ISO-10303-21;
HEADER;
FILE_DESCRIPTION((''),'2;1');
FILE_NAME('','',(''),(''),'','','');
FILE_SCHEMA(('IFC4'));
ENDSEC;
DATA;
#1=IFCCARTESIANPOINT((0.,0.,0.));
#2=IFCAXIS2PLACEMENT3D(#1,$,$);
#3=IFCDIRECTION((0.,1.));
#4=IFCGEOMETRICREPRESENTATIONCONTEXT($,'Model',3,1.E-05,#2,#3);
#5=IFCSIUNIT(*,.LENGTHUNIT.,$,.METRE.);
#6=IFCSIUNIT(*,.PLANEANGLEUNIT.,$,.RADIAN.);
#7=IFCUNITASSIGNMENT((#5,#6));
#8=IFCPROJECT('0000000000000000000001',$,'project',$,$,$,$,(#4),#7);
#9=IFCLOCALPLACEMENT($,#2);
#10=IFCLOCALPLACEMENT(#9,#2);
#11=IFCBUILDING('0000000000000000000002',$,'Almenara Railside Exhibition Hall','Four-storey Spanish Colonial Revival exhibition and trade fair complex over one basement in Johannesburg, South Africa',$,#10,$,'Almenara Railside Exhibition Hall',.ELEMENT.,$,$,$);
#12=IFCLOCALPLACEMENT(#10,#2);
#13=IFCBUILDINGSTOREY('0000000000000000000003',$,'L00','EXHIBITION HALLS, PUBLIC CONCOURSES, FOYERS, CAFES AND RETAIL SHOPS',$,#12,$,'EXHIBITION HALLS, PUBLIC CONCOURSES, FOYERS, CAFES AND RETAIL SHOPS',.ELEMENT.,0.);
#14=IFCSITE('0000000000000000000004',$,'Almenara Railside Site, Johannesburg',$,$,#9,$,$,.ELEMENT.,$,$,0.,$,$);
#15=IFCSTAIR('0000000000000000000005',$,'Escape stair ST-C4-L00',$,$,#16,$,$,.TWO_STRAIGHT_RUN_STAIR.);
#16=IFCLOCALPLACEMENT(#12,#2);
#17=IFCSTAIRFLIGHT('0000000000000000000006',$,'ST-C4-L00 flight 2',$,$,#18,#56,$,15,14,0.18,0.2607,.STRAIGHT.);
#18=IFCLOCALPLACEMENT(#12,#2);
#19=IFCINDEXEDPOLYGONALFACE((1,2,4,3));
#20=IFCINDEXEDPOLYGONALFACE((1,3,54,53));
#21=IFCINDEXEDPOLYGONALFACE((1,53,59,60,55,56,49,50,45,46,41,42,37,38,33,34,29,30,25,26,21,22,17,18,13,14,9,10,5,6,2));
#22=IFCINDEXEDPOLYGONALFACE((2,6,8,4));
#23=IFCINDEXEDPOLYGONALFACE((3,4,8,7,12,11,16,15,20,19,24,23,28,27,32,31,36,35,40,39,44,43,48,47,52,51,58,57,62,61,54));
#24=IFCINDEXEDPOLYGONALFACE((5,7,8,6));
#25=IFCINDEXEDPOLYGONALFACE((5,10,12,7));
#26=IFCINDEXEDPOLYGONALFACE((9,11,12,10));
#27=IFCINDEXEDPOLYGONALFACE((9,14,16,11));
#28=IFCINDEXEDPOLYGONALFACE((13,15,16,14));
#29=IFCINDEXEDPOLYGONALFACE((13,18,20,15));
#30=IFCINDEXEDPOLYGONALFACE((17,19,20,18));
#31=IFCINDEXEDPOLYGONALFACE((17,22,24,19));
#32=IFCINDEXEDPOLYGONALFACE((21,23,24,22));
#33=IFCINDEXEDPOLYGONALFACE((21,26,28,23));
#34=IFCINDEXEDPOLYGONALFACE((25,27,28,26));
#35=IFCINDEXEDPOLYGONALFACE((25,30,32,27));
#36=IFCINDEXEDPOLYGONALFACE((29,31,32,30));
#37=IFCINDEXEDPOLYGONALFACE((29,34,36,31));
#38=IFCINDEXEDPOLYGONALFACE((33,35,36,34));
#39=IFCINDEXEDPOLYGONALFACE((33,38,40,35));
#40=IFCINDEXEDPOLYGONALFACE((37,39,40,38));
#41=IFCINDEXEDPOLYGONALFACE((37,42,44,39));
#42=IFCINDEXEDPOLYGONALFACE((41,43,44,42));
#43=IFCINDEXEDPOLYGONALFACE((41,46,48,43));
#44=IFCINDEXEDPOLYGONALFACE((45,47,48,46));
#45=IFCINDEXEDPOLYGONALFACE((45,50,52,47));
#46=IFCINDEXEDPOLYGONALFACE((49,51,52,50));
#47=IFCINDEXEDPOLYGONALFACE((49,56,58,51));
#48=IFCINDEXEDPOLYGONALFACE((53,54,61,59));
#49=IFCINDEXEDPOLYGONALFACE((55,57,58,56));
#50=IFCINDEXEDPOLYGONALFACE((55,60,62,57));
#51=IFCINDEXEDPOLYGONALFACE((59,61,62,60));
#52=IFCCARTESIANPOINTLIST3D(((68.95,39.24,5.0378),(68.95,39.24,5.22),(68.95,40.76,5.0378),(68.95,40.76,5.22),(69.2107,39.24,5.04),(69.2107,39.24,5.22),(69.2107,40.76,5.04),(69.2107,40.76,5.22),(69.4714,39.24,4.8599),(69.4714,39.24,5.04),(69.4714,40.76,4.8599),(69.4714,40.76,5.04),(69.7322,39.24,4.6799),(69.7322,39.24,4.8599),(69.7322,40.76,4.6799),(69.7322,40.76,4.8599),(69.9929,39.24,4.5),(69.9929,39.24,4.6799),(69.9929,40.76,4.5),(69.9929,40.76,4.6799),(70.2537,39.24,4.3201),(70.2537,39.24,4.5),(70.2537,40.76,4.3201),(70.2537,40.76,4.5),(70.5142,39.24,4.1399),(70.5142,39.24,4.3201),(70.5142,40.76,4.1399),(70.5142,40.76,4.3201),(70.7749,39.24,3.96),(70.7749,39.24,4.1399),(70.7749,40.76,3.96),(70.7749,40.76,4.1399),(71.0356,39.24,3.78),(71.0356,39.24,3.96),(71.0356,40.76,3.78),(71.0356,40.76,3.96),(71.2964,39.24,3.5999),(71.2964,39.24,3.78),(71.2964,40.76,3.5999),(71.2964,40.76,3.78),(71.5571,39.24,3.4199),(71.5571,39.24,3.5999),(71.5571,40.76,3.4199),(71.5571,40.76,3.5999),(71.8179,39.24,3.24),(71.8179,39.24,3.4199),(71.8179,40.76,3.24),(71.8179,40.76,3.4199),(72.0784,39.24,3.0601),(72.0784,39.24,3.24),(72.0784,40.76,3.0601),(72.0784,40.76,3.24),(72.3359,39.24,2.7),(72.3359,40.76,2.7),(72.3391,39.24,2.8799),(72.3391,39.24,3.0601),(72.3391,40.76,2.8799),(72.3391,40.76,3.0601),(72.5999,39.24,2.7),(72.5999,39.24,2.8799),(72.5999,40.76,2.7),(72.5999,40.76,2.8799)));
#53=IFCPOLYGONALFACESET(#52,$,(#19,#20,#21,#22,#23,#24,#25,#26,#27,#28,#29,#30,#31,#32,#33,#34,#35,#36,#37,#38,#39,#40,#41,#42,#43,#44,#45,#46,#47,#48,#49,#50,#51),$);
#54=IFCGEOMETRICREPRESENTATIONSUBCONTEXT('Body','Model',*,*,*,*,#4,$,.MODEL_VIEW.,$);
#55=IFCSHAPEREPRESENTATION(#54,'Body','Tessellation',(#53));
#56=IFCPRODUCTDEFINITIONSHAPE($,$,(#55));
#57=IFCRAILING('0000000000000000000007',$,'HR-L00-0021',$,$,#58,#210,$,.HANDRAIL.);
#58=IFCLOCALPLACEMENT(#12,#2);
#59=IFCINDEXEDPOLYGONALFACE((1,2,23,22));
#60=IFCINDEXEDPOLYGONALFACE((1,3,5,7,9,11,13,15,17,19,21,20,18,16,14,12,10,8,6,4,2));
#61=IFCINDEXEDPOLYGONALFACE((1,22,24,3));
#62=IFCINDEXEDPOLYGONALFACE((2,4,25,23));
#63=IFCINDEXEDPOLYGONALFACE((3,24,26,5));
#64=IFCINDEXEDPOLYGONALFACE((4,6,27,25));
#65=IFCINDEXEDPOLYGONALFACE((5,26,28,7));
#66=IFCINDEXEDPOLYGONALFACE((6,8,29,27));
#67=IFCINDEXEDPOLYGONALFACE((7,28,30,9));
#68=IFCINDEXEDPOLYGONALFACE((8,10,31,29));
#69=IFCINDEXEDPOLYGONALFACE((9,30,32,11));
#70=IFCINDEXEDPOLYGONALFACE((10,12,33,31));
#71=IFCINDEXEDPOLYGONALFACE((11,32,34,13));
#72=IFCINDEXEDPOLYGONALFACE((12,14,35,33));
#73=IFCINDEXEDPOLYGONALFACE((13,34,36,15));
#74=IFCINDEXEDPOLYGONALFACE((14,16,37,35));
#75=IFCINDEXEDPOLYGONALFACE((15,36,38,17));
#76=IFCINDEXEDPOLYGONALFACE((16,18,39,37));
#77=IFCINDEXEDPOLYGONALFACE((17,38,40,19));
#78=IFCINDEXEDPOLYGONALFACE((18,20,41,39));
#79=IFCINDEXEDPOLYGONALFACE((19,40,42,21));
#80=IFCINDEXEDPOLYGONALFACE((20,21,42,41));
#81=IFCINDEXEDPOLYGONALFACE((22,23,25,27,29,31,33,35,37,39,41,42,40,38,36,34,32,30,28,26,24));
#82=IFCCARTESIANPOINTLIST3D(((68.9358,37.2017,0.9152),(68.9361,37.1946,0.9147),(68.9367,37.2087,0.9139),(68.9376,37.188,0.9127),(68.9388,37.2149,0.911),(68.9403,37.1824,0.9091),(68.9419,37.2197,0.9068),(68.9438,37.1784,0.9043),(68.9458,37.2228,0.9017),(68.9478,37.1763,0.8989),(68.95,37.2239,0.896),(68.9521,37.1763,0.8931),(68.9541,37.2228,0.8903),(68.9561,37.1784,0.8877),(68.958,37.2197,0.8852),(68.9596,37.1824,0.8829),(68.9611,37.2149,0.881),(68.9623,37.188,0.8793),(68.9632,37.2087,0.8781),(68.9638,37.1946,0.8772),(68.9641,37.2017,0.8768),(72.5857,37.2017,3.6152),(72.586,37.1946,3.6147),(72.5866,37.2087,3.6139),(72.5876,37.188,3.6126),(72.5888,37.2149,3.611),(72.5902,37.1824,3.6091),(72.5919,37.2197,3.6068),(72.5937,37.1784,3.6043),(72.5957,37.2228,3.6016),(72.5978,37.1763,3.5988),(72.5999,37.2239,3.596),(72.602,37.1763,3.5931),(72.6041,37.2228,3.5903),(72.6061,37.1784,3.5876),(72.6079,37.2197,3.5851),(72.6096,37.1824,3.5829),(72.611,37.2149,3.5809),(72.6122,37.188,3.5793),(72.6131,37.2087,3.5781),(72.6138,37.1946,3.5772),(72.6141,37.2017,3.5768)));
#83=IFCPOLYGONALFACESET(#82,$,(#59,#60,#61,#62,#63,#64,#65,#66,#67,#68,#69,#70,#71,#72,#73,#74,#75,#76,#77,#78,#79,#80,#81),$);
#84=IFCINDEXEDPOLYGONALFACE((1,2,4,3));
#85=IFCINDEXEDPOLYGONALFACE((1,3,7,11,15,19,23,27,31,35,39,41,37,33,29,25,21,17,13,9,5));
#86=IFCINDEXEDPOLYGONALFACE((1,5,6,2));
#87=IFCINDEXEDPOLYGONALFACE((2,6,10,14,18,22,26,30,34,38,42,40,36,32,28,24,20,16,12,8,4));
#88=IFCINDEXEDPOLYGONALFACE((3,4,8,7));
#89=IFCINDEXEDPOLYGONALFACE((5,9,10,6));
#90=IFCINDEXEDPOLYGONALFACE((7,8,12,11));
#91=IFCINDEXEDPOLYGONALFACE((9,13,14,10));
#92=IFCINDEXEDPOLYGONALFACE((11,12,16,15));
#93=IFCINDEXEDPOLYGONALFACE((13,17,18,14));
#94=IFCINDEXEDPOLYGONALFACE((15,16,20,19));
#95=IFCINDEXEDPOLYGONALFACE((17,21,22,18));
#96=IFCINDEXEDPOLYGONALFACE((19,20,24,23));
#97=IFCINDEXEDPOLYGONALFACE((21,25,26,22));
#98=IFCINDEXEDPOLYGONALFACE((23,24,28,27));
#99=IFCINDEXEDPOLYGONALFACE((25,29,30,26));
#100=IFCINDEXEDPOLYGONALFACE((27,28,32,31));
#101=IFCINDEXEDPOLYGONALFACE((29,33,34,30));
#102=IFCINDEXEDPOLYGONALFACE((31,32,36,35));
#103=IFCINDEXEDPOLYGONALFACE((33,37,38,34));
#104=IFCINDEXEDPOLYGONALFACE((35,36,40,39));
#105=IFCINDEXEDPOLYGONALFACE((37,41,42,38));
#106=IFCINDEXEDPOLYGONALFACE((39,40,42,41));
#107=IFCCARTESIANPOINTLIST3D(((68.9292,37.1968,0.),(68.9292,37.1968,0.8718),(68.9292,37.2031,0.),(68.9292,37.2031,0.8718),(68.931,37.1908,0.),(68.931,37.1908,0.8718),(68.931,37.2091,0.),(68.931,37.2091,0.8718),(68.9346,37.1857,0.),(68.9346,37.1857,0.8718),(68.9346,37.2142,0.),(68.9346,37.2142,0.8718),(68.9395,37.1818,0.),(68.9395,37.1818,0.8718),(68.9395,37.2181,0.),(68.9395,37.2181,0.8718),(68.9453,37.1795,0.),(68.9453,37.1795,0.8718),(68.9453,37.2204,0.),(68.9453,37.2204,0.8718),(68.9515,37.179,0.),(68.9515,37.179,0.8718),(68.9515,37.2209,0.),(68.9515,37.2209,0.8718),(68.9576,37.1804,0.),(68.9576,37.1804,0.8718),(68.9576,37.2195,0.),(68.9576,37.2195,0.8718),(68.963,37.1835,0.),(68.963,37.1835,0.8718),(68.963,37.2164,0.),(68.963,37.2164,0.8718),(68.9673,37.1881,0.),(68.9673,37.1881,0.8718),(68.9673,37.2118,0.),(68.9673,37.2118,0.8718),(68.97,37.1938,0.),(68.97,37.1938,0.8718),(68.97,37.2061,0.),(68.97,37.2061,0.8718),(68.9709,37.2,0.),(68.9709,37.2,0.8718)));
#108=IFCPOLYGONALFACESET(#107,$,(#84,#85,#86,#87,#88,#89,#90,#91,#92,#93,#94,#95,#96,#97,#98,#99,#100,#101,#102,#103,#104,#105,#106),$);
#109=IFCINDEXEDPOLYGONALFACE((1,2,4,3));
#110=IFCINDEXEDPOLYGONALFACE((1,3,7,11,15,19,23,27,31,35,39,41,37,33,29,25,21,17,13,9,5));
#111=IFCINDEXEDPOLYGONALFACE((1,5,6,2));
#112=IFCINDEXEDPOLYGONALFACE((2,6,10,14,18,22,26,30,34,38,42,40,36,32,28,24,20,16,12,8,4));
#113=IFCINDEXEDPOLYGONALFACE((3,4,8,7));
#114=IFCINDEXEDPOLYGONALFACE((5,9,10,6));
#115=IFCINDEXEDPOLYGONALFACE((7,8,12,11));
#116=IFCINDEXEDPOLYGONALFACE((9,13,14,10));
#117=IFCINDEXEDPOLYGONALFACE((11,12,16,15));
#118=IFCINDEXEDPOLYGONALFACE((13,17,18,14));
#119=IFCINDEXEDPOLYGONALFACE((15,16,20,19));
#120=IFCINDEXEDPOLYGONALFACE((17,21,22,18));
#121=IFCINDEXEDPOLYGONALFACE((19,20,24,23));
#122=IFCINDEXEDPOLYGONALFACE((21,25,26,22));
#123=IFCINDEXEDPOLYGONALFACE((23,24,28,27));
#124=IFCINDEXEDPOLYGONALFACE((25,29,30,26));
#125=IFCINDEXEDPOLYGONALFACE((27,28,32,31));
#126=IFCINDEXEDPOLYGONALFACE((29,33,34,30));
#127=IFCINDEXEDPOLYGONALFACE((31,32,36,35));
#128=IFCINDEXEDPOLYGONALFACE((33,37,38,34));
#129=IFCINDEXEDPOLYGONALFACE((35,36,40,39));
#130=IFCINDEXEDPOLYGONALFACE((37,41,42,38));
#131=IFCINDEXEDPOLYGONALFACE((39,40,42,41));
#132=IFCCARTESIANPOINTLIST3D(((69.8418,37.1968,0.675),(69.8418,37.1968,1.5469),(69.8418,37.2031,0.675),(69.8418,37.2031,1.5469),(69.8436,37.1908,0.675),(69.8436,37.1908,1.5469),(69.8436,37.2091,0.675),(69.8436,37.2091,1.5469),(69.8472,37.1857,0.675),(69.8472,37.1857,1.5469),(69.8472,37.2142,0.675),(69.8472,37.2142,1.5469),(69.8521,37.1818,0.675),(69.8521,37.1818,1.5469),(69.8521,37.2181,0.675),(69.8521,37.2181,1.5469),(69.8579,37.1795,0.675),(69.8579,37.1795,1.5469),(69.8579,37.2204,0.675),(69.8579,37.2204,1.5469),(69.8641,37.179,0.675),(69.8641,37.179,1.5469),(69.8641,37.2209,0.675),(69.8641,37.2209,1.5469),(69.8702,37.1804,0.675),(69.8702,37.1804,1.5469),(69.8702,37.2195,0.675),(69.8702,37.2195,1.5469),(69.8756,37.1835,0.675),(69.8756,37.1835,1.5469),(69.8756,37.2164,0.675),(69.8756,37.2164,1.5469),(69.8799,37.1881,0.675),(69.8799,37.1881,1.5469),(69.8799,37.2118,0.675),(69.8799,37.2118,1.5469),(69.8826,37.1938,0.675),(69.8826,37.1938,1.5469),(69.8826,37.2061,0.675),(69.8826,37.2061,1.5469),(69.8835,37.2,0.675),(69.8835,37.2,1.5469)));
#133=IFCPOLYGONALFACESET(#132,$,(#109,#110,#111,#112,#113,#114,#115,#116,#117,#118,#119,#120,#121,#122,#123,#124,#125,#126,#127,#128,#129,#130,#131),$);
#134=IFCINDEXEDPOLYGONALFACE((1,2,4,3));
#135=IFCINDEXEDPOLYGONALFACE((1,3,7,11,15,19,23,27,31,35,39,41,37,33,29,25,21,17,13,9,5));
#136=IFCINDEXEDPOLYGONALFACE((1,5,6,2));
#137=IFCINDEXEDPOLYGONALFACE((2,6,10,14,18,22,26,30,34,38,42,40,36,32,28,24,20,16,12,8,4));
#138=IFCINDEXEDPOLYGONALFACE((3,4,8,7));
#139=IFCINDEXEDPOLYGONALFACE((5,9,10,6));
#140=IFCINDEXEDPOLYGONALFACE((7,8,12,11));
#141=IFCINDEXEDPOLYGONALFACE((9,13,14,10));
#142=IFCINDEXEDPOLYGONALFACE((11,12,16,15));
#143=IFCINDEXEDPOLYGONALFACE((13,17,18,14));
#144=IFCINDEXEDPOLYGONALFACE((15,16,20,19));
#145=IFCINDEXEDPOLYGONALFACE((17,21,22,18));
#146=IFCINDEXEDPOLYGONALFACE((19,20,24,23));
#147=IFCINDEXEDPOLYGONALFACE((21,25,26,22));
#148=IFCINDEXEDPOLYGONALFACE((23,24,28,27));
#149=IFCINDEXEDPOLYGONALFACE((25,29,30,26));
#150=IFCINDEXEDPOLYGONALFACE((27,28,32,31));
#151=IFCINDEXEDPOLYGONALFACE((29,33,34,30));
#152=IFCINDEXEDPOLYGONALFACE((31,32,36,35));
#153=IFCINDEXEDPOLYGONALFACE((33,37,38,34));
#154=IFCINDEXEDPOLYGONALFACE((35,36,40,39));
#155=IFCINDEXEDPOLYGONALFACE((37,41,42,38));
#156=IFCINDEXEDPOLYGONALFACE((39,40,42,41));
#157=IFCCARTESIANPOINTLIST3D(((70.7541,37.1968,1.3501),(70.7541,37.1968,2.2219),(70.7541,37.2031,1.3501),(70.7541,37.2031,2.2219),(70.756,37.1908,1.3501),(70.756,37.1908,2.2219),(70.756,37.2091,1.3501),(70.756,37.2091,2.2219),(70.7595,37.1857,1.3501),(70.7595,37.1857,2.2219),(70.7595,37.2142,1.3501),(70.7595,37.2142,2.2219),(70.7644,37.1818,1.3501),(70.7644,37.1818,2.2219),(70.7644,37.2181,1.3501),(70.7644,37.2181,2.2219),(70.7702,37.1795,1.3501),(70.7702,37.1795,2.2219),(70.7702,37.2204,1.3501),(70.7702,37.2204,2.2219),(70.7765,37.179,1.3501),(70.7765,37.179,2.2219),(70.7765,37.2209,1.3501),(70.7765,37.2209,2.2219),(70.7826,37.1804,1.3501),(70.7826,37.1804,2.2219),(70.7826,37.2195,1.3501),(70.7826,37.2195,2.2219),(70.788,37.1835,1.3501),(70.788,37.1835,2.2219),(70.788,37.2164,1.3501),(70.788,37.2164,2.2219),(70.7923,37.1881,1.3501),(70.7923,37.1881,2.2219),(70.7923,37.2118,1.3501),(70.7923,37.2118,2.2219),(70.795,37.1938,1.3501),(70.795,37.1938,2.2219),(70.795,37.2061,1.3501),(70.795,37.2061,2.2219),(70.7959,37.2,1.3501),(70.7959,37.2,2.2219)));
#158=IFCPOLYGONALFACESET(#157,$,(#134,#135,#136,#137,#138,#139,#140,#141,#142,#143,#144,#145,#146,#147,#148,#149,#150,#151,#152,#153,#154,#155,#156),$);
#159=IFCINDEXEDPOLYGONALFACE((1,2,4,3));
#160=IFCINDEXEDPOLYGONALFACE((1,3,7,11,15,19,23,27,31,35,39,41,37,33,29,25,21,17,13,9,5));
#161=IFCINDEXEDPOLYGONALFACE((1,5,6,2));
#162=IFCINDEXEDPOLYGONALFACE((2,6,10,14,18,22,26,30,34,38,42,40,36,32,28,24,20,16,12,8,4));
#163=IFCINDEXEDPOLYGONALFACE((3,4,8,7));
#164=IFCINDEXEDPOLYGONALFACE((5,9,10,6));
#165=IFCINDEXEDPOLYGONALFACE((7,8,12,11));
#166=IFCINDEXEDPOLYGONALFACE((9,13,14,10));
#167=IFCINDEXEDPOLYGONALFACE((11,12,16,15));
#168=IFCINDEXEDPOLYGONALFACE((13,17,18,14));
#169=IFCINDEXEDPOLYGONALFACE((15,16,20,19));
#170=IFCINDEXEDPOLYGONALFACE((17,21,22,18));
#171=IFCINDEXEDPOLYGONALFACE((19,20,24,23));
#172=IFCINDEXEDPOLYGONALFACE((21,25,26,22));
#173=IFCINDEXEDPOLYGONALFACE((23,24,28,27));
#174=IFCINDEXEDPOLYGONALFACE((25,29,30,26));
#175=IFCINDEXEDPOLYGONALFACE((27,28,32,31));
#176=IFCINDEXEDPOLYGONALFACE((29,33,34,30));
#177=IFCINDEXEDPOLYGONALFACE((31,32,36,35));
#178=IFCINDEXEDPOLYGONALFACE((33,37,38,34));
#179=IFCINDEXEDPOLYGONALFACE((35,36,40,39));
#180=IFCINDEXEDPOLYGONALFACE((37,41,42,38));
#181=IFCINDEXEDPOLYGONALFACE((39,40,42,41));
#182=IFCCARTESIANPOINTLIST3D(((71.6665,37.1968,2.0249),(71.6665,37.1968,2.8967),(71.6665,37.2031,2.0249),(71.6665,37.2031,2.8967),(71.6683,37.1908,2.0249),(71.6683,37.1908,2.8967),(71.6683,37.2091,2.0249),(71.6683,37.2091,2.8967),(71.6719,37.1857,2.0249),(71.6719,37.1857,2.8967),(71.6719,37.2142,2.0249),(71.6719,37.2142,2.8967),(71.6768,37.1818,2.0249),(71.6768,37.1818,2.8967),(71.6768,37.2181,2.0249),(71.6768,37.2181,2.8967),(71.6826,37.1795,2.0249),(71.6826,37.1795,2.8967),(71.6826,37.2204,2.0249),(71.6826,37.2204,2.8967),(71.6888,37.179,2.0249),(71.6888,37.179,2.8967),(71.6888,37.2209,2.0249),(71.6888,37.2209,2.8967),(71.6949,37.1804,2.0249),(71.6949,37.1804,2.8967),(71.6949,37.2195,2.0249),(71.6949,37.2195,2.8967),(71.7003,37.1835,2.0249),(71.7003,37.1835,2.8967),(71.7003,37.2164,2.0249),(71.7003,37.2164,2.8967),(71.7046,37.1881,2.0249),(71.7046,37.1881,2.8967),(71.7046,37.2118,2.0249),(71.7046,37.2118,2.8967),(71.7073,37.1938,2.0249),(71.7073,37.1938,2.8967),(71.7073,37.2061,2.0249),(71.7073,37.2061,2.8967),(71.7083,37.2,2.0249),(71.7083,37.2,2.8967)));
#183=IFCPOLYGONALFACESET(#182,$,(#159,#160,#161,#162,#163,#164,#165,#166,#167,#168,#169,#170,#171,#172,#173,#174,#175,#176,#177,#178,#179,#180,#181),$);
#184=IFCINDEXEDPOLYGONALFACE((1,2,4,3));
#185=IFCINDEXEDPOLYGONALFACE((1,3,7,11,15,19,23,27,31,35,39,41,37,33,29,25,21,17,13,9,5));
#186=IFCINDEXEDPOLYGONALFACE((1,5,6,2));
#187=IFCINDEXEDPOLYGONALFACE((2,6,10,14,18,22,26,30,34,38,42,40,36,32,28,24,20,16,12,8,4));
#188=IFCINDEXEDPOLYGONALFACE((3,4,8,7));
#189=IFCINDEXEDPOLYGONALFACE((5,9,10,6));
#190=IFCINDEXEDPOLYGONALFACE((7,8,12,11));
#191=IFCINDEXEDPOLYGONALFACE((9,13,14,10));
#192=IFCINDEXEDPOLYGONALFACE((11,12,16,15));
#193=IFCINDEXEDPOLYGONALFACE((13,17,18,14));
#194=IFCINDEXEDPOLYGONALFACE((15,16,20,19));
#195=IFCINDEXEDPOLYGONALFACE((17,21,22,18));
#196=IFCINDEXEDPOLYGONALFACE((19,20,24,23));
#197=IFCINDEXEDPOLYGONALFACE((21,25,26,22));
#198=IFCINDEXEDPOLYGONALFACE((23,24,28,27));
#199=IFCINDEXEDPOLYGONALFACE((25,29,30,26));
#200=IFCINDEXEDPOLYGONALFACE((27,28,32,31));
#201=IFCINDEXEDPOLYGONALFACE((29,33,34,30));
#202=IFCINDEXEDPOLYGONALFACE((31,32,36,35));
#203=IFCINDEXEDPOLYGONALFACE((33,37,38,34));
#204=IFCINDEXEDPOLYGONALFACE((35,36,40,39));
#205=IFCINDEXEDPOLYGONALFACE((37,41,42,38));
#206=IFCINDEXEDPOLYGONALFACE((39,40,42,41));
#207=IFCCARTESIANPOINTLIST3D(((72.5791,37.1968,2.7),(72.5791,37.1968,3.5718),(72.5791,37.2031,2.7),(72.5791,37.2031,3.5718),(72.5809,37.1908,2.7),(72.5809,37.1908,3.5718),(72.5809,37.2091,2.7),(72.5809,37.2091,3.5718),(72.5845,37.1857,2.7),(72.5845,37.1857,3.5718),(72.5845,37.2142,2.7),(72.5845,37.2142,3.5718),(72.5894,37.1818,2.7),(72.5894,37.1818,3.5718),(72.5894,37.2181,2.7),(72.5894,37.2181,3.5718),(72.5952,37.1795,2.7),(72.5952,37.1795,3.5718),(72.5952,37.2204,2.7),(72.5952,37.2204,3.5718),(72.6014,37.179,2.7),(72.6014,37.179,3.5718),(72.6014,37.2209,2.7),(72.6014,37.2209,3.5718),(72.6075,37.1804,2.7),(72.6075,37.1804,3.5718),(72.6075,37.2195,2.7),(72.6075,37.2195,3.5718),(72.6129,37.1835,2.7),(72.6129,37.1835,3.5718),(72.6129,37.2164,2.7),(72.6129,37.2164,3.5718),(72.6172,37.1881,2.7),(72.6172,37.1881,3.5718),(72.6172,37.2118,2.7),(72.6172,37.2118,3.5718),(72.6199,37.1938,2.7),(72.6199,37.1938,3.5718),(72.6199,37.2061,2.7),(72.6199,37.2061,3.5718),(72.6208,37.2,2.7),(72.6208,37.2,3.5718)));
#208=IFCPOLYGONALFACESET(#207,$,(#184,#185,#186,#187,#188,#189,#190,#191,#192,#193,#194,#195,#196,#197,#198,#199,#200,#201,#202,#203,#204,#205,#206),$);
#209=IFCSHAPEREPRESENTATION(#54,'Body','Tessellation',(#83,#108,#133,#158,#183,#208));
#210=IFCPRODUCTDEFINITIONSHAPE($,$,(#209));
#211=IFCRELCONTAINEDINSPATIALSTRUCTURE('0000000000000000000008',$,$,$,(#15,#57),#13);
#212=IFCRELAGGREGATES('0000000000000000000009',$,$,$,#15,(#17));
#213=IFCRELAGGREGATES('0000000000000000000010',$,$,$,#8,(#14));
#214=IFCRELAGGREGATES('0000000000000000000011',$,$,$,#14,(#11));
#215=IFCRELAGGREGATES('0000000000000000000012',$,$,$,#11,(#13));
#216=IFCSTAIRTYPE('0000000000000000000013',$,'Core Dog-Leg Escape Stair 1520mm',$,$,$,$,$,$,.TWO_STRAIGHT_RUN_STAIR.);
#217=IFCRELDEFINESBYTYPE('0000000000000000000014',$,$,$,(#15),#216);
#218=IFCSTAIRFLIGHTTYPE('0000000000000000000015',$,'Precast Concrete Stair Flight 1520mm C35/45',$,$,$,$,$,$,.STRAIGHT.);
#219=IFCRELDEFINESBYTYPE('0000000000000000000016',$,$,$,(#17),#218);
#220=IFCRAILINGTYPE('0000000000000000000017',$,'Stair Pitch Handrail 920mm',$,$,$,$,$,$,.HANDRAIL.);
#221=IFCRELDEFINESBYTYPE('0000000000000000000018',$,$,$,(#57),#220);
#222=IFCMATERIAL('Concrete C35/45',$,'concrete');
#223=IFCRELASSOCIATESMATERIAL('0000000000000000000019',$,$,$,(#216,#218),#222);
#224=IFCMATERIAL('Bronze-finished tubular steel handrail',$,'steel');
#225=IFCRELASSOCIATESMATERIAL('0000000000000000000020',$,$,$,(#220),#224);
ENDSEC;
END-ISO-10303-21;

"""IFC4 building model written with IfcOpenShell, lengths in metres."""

from ifc_helpers import new_model, si_unit, direction, frame, origin, origin_2d, place, context, subcontext, project, spatial, polyline, circle, outline, extrude, material, type_object, element, aggregate, save


model = new_model("IFC4")

# Units and contexts
model_context = context("Model", 3, precision=1e-05, world=origin(), true_north=direction((0.0, 1.0)))
body_context = subcontext(model_context, "Body", "Model", "MODEL_VIEW")
ifc_project = project(units=[si_unit("LENGTHUNIT", "METRE"), si_unit("PLANEANGLEUNIT", "RADIAN")], contexts=[model_context])

# Site, building, storey
site_placement = place(None, origin())
site = spatial("IfcSite", under=ifc_project, at=site_placement, Name="Almenara Railside Site, Johannesburg", CompositionType="ELEMENT", RefElevation=0.0)
building_placement = place(site_placement, origin())
building = spatial("IfcBuilding", under=site, at=building_placement, Name="Almenara Railside Exhibition Hall", Description="Four-storey Spanish Colonial Revival exhibition and trade fair complex over one basement in Johannesburg, South Africa", LongName="Almenara Railside Exhibition Hall", CompositionType="ELEMENT")
storey_placement = place(building_placement, origin())
storey = spatial("IfcBuildingStorey", under=building, at=storey_placement, Name="L00", Description="EXHIBITION HALLS, PUBLIC CONCOURSES, FOYERS, CAFES AND RETAIL SHOPS", LongName="EXHIBITION HALLS, PUBLIC CONCOURSES, FOYERS, CAFES AND RETAIL SHOPS", CompositionType="ELEMENT", Elevation=0.0)

# Shared definitions
ifc_material_1 = material(Name="Concrete C35/45", Category="concrete")

# Stair, stair flight
stair_type = type_object("IfcStairType", Name="Core Dog-Leg Escape Stair 1520mm", PredefinedType="TWO_STRAIGHT_RUN_STAIR", material=ifc_material_1)
stair_placement = place(storey_placement, origin())
stair = element("IfcStair", 1, at=stair_placement, inside=storey, type_object=stair_type, Name="Escape stair ST-C4-L00", PredefinedType="TWO_STRAIGHT_RUN_STAIR")
stair_flight_type = type_object("IfcStairFlightType", Name="Precast Concrete Stair Flight 1520mm C35/45", PredefinedType="STRAIGHT", material=ifc_material_1)
stair_flight_1_placement = place(storey_placement, frame((72.5999, 40.0, 2.7), z_axis=(0.0, 0.0, 1.0), x_axis=(-1.0, 0.0, 0.0)))
stair_flight_1 = element("IfcStairFlight", 2, at=stair_flight_1_placement, type_object=stair_flight_type, Name="ST-C4-L00 flight 2", NumberOfRisers=15, NumberOfTreads=14, PredefinedType="STRAIGHT", RiserHeight=0.18, TreadLength=0.2607, context=body_context, shape_type="SweptSolid", body=[
    extrude(outline(polyline([(0.0, 0.0), (0.0, 0.1799), (0.2607, 0.1799), (0.2607, 0.3601), (0.5215, 0.3601), (0.5215, 0.54), (0.782, 0.54), (0.782, 0.72), (1.0427, 0.72), (1.0427, 0.8999), (1.3035, 0.8999), (1.3035, 1.0801), (1.5642, 1.0801), (1.5642, 1.26), (1.825, 1.26), (1.825, 1.4399), (2.0857, 1.4399), (2.0857, 1.6201), (2.3462, 1.6201), (2.3462, 1.8), (2.6069, 1.8), (2.6069, 1.98), (2.8677, 1.98), (2.8677, 2.1599), (3.1284, 2.1599), (3.1284, 2.3401), (3.3892, 2.3401), (3.3892, 2.52), (3.6499, 2.52), (3.6499, 2.7), (3.6499, 2.3379), (0.2639, 0.0), (0.0, 0.0)])), frame((0.0, 0.76, 0.0), z_axis=(0.0, -1.0, 0.0), x_axis=(1.0, 0.0, 0.0)), (0.0, 0.0, 1.0), 1.52),
])
aggregate(stair, [stair_flight_1])

# Railing
ifc_material_2 = material(Name="Bronze-finished tubular steel handrail", Category="steel")
railing_type_1 = type_object("IfcRailingType", Name="Stair Pitch Handrail 920mm", PredefinedType="HANDRAIL", material=ifc_material_2)
railing_1_placement = place(storey_placement, frame((68.95, 37.2, 0.0)))
element("IfcRailing", 3, at=railing_1_placement, inside=storey, type_object=railing_type_1, Name="HR-L00-0021", PredefinedType="HANDRAIL", context=body_context, shape_type="SweptSolid", body=[
    extrude(circle(Radius=0.0239, at=origin_2d()), frame((0.0, 0.0, 0.896), z_axis=(0.803945, 0.0, 0.594704), x_axis=(0.0, 1.0, 0.0)), (0.0, 0.0, 1.0), 4.54),
    extrude(circle(Radius=0.021, at=origin_2d()), origin(), (0.0, 0.0, 1.0), 0.8718),
    extrude(circle(Radius=0.021, at=origin_2d()), frame((0.9126, 0.0, 0.675)), (0.0, 0.0, 1.0), 0.8718),
    extrude(circle(Radius=0.021, at=origin_2d()), frame((1.825, 0.0, 1.3501)), (0.0, 0.0, 1.0), 0.8718),
    extrude(circle(Radius=0.021, at=origin_2d()), frame((2.7373, 0.0, 2.0249)), (0.0, 0.0, 1.0), 0.8718),
    extrude(circle(Radius=0.021, at=origin_2d()), frame((3.6499, 0.0, 2.7)), (0.0, 0.0, 1.0), 0.8718),
])

save(model, "model.ifc")
